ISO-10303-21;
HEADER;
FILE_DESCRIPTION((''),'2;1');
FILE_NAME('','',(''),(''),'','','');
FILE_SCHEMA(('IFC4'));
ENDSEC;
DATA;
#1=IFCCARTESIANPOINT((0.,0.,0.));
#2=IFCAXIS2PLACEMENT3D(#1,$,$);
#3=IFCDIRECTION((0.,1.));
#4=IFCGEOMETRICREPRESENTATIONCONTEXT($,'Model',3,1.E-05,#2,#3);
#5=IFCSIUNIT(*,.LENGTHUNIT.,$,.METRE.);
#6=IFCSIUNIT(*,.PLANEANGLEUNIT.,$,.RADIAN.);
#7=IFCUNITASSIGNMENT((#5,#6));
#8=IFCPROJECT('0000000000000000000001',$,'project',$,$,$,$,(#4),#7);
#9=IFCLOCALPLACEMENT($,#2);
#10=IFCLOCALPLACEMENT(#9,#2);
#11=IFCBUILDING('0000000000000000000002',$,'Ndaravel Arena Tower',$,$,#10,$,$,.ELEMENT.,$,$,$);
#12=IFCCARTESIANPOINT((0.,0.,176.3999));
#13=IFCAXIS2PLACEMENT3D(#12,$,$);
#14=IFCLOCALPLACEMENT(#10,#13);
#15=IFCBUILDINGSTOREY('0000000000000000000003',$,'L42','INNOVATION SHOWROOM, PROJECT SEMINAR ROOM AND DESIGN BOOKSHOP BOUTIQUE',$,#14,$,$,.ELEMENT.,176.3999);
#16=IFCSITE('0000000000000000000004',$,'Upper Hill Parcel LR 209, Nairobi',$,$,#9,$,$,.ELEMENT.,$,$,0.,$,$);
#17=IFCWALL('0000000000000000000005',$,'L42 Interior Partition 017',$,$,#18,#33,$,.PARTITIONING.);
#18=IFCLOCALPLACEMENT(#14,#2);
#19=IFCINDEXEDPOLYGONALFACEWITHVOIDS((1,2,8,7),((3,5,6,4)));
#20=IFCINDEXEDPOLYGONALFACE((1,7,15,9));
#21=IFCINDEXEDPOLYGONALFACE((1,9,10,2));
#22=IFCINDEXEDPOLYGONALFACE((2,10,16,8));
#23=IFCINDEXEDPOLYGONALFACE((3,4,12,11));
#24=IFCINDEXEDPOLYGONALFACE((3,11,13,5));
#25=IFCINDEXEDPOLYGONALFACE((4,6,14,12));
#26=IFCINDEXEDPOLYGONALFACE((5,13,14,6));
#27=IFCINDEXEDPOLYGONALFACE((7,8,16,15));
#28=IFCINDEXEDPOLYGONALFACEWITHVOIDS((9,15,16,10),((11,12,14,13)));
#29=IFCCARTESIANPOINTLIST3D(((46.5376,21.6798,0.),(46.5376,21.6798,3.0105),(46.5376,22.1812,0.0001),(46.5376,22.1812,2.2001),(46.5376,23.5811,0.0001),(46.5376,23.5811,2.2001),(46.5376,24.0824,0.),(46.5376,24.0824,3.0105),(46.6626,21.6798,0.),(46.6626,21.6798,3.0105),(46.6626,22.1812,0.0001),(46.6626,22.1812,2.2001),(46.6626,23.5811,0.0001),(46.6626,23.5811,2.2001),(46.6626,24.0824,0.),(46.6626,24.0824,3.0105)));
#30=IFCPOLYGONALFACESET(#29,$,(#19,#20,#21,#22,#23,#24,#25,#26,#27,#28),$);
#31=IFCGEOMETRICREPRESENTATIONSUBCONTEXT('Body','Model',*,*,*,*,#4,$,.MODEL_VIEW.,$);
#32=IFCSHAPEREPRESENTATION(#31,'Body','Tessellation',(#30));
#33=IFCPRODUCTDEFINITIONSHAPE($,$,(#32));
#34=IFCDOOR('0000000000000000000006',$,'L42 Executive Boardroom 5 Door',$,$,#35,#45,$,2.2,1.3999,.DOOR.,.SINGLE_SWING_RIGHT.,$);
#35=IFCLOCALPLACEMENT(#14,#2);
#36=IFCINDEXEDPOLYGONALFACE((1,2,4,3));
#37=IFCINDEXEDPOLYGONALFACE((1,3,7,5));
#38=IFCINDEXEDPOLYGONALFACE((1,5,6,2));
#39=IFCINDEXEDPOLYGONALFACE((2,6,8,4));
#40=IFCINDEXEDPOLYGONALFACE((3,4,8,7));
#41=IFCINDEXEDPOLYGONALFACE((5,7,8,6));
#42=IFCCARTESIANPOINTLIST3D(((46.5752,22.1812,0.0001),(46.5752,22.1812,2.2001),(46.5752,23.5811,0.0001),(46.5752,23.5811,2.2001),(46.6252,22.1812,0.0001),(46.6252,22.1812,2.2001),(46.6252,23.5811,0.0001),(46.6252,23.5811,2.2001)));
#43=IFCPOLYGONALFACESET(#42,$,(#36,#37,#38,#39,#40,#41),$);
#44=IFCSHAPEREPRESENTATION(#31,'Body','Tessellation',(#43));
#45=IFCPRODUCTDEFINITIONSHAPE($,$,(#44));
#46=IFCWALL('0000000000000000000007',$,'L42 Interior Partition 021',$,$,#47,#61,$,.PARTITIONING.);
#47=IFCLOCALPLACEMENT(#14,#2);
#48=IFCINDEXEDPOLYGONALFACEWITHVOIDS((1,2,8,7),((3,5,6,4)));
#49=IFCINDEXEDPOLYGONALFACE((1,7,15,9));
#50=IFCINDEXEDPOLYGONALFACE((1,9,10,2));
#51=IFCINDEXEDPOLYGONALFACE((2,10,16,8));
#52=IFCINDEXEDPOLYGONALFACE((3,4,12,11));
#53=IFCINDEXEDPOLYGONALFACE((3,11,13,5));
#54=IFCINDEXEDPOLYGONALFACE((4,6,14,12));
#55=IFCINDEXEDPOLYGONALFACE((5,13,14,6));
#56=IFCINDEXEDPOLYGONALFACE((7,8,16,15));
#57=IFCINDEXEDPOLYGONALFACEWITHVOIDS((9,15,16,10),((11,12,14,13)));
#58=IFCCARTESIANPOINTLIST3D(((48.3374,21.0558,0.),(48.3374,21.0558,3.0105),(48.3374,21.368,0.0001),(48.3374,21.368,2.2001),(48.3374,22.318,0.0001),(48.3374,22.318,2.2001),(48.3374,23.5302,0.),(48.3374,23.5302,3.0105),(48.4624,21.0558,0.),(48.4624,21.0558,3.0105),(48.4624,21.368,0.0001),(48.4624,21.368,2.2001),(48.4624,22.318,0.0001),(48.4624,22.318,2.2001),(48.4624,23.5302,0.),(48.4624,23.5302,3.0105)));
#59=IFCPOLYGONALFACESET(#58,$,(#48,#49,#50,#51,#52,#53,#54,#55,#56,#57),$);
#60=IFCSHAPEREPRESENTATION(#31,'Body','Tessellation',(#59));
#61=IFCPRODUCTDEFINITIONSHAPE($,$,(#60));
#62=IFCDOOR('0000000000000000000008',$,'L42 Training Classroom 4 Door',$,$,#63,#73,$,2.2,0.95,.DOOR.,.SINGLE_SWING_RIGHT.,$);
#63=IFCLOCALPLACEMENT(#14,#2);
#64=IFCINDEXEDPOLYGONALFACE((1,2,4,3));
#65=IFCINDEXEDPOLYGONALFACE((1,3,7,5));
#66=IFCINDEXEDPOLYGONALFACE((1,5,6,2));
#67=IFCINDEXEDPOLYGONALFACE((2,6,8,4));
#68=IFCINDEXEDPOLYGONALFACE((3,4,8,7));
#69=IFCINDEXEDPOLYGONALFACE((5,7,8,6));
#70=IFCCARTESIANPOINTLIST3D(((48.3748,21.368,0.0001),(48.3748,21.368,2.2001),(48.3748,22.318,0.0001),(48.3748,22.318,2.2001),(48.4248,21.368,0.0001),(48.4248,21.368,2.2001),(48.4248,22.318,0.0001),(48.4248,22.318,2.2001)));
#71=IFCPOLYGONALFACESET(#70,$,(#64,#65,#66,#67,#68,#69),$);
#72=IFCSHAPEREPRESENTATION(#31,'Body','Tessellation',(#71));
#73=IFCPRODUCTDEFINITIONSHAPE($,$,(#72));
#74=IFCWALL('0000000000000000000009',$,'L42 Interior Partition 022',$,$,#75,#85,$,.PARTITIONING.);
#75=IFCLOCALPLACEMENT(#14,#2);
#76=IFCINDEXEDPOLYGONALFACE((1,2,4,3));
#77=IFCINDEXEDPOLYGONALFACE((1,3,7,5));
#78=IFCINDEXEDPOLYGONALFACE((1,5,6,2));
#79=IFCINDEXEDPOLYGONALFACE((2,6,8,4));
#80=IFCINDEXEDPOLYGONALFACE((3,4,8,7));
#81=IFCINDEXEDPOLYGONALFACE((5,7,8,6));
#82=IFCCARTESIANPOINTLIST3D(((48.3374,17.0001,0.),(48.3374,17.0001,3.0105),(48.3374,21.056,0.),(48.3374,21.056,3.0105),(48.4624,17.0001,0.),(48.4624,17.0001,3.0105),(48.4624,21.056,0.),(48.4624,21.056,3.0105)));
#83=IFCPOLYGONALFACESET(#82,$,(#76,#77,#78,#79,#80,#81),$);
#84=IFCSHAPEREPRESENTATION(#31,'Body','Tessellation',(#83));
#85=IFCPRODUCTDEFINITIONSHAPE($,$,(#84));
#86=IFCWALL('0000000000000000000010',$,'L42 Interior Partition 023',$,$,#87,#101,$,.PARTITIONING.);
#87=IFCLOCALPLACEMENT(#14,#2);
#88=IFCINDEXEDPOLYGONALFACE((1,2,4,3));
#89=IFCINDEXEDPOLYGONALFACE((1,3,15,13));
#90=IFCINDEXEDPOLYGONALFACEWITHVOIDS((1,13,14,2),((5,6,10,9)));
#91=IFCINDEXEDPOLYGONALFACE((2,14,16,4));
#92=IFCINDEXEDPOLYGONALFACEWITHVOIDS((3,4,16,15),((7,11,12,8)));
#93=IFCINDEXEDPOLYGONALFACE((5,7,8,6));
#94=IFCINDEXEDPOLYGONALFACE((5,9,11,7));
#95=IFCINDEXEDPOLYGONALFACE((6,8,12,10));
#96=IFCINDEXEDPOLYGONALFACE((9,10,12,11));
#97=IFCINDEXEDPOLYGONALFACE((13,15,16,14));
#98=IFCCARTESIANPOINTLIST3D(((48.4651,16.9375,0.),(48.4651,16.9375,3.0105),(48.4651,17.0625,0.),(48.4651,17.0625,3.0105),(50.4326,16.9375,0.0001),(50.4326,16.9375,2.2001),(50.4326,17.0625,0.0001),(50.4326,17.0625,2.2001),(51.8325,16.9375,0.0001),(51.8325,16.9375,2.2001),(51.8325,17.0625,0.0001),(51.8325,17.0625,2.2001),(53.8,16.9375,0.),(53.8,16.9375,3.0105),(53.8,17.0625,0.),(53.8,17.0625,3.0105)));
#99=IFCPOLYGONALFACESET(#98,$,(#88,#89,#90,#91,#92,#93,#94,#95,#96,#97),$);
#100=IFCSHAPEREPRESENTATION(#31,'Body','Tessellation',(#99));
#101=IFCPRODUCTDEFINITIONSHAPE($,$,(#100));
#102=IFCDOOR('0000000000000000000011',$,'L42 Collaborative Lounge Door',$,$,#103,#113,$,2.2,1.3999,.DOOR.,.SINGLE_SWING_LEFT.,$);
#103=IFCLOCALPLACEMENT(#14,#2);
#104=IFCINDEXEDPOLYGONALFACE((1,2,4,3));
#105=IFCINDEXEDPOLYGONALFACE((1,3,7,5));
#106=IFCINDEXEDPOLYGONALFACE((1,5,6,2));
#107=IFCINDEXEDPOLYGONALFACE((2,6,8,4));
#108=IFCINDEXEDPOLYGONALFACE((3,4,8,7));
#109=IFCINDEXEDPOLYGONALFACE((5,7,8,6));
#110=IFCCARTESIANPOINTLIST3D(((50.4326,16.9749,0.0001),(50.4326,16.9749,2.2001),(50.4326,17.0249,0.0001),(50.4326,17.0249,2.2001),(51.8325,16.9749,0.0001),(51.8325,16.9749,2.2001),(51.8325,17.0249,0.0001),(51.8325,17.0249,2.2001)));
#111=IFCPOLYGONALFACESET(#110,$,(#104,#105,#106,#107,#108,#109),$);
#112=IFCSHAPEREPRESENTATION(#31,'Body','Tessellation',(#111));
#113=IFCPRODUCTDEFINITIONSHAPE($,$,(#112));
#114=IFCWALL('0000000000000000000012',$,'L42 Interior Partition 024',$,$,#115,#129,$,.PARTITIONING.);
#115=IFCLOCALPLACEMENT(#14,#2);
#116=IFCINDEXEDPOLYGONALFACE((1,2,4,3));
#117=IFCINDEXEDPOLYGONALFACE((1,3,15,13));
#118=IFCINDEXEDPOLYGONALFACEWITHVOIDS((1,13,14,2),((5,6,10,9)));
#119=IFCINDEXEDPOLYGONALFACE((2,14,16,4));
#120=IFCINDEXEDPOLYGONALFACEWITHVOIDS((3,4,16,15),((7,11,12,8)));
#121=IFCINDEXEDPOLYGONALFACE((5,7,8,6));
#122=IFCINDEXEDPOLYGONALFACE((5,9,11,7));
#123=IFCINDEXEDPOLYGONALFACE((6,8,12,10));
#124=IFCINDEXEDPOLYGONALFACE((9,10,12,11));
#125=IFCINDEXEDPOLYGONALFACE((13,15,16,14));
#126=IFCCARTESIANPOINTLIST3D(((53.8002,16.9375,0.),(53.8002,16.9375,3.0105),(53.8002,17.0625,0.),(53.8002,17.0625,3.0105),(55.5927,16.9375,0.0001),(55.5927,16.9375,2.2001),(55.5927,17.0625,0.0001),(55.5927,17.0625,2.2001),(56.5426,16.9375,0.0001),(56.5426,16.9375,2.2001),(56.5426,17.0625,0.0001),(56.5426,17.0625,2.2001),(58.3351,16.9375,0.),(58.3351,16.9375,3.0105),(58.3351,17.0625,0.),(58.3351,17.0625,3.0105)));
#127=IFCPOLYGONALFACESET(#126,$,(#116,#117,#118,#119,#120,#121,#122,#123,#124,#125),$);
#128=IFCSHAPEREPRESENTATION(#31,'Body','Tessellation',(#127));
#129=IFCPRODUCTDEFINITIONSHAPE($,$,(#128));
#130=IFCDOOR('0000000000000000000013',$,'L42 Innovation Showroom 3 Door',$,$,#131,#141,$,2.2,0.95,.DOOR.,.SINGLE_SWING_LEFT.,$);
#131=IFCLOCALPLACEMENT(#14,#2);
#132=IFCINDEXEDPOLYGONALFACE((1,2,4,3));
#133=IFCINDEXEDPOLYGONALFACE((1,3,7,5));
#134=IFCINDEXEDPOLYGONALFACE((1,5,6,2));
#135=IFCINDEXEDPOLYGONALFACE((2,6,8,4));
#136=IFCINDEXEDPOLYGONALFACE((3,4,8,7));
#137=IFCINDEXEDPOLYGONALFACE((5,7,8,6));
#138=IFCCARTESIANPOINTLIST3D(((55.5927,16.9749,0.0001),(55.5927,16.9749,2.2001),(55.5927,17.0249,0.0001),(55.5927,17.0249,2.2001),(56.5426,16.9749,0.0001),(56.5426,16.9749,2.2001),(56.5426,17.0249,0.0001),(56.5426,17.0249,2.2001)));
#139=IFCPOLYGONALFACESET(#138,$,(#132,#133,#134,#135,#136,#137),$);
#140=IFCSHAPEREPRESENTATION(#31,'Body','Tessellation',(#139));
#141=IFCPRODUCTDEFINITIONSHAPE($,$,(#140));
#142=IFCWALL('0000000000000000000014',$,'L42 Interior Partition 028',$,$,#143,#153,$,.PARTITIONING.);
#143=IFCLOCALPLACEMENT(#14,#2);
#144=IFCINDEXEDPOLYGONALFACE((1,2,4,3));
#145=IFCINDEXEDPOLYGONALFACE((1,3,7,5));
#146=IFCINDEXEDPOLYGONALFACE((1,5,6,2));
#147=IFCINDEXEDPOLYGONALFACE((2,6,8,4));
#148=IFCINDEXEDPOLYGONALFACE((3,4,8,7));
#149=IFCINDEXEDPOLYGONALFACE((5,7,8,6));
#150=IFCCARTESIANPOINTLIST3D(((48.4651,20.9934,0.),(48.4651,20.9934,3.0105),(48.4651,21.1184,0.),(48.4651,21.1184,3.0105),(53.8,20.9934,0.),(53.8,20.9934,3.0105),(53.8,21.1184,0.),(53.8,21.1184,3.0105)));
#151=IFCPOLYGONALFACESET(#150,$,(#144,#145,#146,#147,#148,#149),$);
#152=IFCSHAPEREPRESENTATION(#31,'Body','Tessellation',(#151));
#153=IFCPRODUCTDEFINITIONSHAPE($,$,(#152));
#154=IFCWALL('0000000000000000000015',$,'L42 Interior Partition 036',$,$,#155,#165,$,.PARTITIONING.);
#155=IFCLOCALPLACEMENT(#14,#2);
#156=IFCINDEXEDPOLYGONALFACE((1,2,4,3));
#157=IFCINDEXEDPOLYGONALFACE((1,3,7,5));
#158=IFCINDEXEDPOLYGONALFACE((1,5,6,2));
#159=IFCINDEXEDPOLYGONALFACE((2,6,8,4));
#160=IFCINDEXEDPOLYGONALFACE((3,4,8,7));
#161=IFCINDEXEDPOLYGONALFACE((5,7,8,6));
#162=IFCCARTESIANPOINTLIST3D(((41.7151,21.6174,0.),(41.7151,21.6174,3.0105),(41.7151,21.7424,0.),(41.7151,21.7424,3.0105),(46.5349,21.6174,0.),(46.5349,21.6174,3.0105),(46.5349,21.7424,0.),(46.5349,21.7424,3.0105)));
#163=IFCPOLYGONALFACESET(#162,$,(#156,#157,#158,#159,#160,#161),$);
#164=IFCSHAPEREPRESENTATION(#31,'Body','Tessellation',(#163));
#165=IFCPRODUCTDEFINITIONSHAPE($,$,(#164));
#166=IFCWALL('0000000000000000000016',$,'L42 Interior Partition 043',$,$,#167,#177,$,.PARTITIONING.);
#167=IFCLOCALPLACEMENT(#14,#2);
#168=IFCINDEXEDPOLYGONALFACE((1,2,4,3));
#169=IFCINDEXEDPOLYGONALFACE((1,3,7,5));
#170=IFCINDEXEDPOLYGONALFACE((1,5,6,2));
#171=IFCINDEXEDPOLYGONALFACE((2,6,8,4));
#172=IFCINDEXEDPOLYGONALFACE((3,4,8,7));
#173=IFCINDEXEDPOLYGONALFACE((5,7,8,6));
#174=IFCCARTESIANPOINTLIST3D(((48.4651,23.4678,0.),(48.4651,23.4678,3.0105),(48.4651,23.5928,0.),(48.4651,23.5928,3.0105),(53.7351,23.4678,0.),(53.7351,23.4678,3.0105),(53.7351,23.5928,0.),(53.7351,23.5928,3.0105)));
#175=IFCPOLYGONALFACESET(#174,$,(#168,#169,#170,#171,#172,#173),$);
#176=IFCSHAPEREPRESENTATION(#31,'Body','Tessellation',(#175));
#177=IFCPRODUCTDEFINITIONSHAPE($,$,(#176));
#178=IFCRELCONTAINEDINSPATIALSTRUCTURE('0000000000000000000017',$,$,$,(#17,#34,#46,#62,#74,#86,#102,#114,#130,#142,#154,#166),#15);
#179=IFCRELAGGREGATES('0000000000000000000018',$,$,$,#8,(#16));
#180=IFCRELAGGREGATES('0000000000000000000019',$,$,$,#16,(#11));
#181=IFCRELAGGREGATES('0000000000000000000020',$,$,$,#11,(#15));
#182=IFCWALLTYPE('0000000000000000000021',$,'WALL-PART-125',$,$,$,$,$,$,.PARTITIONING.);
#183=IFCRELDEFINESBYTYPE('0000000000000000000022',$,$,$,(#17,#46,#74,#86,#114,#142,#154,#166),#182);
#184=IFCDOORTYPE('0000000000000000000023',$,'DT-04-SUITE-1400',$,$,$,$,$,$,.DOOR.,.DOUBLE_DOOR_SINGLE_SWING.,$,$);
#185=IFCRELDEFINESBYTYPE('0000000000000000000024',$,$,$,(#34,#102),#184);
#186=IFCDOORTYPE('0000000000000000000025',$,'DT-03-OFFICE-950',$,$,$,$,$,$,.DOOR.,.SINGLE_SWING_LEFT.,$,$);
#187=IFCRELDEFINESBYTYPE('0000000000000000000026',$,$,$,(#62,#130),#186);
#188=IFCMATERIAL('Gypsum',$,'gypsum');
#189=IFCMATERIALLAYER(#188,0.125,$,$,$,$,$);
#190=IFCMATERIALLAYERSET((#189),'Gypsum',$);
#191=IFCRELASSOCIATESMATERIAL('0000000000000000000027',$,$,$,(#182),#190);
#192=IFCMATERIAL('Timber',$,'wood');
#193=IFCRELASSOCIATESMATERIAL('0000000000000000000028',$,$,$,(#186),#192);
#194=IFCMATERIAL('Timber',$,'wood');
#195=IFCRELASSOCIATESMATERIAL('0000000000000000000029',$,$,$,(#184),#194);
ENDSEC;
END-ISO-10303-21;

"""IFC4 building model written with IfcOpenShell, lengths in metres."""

from ifc_helpers import new_model, si_unit, direction, frame, frame_2d, origin, place, context, subcontext, project, spatial, rectangle, extrude, material, layer, layer_set, type_object, element, fill, save


model = new_model("IFC4")

# Units and contexts
model_context = context("Model", 3, precision=1e-05, world=origin(), true_north=direction((0.0, 1.0)))
body_context = subcontext(model_context, "Body", "Model", "MODEL_VIEW")
ifc_project = project(units=[si_unit("LENGTHUNIT", "METRE"), si_unit("PLANEANGLEUNIT", "RADIAN")], contexts=[model_context])

# Site, building, storey
site_placement = place(None, origin())
site = spatial("IfcSite", under=ifc_project, at=site_placement, Name="Upper Hill Parcel LR 209, Nairobi", CompositionType="ELEMENT", RefElevation=0.0)
building_placement = place(site_placement, origin())
building = spatial("IfcBuilding", under=site, at=building_placement, Name="Ndaravel Arena Tower", CompositionType="ELEMENT")
storey_placement = place(building_placement, frame((0.0, 0.0, 176.3999)))
storey = spatial("IfcBuildingStorey", under=building, at=storey_placement, Name="L42", Description="INNOVATION SHOWROOM, PROJECT SEMINAR ROOM AND DESIGN BOOKSHOP BOUTIQUE", CompositionType="ELEMENT", Elevation=176.3999)

# Shared definitions
ifc_material_1 = material(Name="Gypsum", Category="gypsum")
ifc_layer_1 = layer(ifc_material_1, 0.125)
ifc_layer_set_1 = layer_set([ifc_layer_1], Name="Gypsum")
wall_type_1 = type_object("IfcWallType", Name="WALL-PART-125", PredefinedType="PARTITIONING", material=ifc_layer_set_1)
ifc_material_2 = material(Name="Timber", Category="wood")
door_type_1 = type_object("IfcDoorType", Name="DT-03-OFFICE-950", OperationType="SINGLE_SWING_LEFT", PredefinedType="DOOR", material=ifc_material_2)

# Walls, openings, doors
wall_1_placement = place(storey_placement, frame((46.6001, 21.6799, 0.0), z_axis=(0.0, 0.0, 1.0), x_axis=(0.0, 1.0, 0.0)))
wall_1 = element("IfcWall", 1, at=wall_1_placement, inside=storey, type_object=wall_type_1, Name="L42 Interior Partition 017", PredefinedType="PARTITIONING", context=body_context, shape_type="SweptSolid", body=[
    extrude(rectangle(XDim=2.4026, YDim=0.125, at=frame_2d((1.2012, 0.0))), origin(), (0.0, 0.0, 1.0), 3.0105),
])
opening_1_placement = place(wall_1_placement, frame((0.5012, 0.0, 0.0)))
opening_1 = element("IfcOpeningElement", 2, at=opening_1_placement, cuts=wall_1, PredefinedType="OPENING", context=body_context, shape_type="SweptSolid", body=[
    extrude(rectangle(XDim=1.3999, YDim=2.2, at=frame_2d((0.7, 1.1001))), frame((0.0, 0.0625, 0.0), z_axis=(0.0, -1.0, 0.0), x_axis=(1.0, 0.0, 0.0)), (0.0, 0.0, 1.0), 0.125),
])
ifc_material_3 = material(Name="Timber", Category="wood")
door_type_2 = type_object("IfcDoorType", Name="DT-04-SUITE-1400", OperationType="DOUBLE_DOOR_SINGLE_SWING", PredefinedType="DOOR", material=ifc_material_3)
door_1_placement = place(opening_1_placement, origin())
door_1 = element("IfcDoor", 3, at=door_1_placement, inside=storey, type_object=door_type_2, Name="L42 Executive Boardroom 5 Door", OperationType="SINGLE_SWING_RIGHT", OverallHeight=2.2, OverallWidth=1.3999, PredefinedType="DOOR", context=body_context, shape_type="SweptSolid", body=[
    extrude(rectangle(XDim=1.3999, YDim=2.2, at=frame_2d((0.7, 1.1001))), frame((0.0, 0.0249, 0.0), z_axis=(0.0, -1.0, 0.0), x_axis=(1.0, 0.0, 0.0)), (0.0, 0.0, 1.0), 0.05),
])
fill(opening_1, door_1)
wall_2_placement = place(storey_placement, frame((48.3999, 23.5303, 0.0), z_axis=(0.0, 0.0, 1.0), x_axis=(0.0, -1.0, 0.0)))
wall_2 = element("IfcWall", 4, at=wall_2_placement, inside=storey, type_object=wall_type_1, Name="L42 Interior Partition 021", PredefinedType="PARTITIONING", context=body_context, shape_type="SweptSolid", body=[
    extrude(rectangle(XDim=2.4744, YDim=0.125, at=frame_2d((1.2373, 0.0))), origin(), (0.0, 0.0, 1.0), 3.0105),
])
opening_2_placement = place(wall_2_placement, frame((1.2122, 0.0, 0.0)))
opening_2 = element("IfcOpeningElement", 5, at=opening_2_placement, cuts=wall_2, PredefinedType="OPENING", context=body_context, shape_type="SweptSolid", body=[
    extrude(rectangle(XDim=0.95, YDim=2.2, at=frame_2d((0.4751, 1.1001))), frame((0.0, 0.0625, 0.0), z_axis=(0.0, -1.0, 0.0), x_axis=(1.0, 0.0, 0.0)), (0.0, 0.0, 1.0), 0.125),
])
door_2_placement = place(opening_2_placement, origin())
door_2 = element("IfcDoor", 6, at=door_2_placement, inside=storey, type_object=door_type_1, Name="L42 Training Classroom 4 Door", OperationType="SINGLE_SWING_RIGHT", OverallHeight=2.2, OverallWidth=0.95, PredefinedType="DOOR", context=body_context, shape_type="SweptSolid", body=[
    extrude(rectangle(XDim=0.95, YDim=2.2, at=frame_2d((0.4751, 1.1001))), frame((0.0, 0.0249, 0.0), z_axis=(0.0, -1.0, 0.0), x_axis=(1.0, 0.0, 0.0)), (0.0, 0.0, 1.0), 0.05),
])
fill(opening_2, door_2)

# Wall
wall_3_placement = place(storey_placement, frame((48.3999, 21.0559, 0.0), z_axis=(0.0, 0.0, 1.0), x_axis=(0.0, -1.0, 0.0)))
element("IfcWall", 7, at=wall_3_placement, inside=storey, type_object=wall_type_1, Name="L42 Interior Partition 022", PredefinedType="PARTITIONING", context=body_context, shape_type="SweptSolid", body=[
    extrude(rectangle(XDim=4.0559, YDim=0.125, at=frame_2d((2.0278, 0.0))), origin(), (0.0, 0.0, 1.0), 3.0105),
])

# Walls, openings, doors
wall_4_placement = place(storey_placement, frame((48.4651, 17.0, 0.0), z_axis=(0.0, 0.0, 1.0), x_axis=(1.0, 0.0, 0.0)))
wall_4 = element("IfcWall", 8, at=wall_4_placement, inside=storey, type_object=wall_type_1, Name="L42 Interior Partition 023", PredefinedType="PARTITIONING", context=body_context, shape_type="SweptSolid", body=[
    extrude(rectangle(XDim=5.335, YDim=0.125, at=frame_2d((2.6675, 0.0))), origin(), (0.0, 0.0, 1.0), 3.0105),
])
opening_3_placement = place(wall_4_placement, frame((1.9675, 0.0, 0.0)))
opening_3 = element("IfcOpeningElement", 9, at=opening_3_placement, cuts=wall_4, PredefinedType="OPENING", context=body_context, shape_type="SweptSolid", body=[
    extrude(rectangle(XDim=1.3999, YDim=2.2, at=frame_2d((0.7, 1.1001))), frame((0.0, 0.0625, 0.0), z_axis=(0.0, -1.0, 0.0), x_axis=(1.0, 0.0, 0.0)), (0.0, 0.0, 1.0), 0.125),
])
door_3_placement = place(opening_3_placement, origin())
door_3 = element("IfcDoor", 10, at=door_3_placement, inside=storey, type_object=door_type_2, Name="L42 Collaborative Lounge Door", OperationType="SINGLE_SWING_LEFT", OverallHeight=2.2, OverallWidth=1.3999, PredefinedType="DOOR", context=body_context, shape_type="SweptSolid", body=[
    extrude(rectangle(XDim=1.3999, YDim=2.2, at=frame_2d((0.7, 1.1001))), frame((0.0, 0.0249, 0.0), z_axis=(0.0, -1.0, 0.0), x_axis=(1.0, 0.0, 0.0)), (0.0, 0.0, 1.0), 0.05),
])
fill(opening_3, door_3)
wall_5_placement = place(storey_placement, frame((53.8, 17.0, 0.0), z_axis=(0.0, 0.0, 1.0), x_axis=(1.0, 0.0, 0.0)))
wall_5 = element("IfcWall", 11, at=wall_5_placement, inside=storey, type_object=wall_type_1, Name="L42 Interior Partition 024", PredefinedType="PARTITIONING", context=body_context, shape_type="SweptSolid", body=[
    extrude(rectangle(XDim=4.5349, YDim=0.125, at=frame_2d((2.2676, 0.0))), origin(), (0.0, 0.0, 1.0), 3.0105),
])
opening_4_placement = place(wall_5_placement, frame((1.7925, 0.0, 0.0)))
opening_4 = element("IfcOpeningElement", 12, at=opening_4_placement, cuts=wall_5, PredefinedType="OPENING", context=body_context, shape_type="SweptSolid", body=[
    extrude(rectangle(XDim=0.95, YDim=2.2, at=frame_2d((0.4751, 1.1001))), frame((0.0, 0.0625, 0.0), z_axis=(0.0, -1.0, 0.0), x_axis=(1.0, 0.0, 0.0)), (0.0, 0.0, 1.0), 0.125),
])
door_4_placement = place(opening_4_placement, origin())
door_4 = element("IfcDoor", 13, at=door_4_placement, inside=storey, type_object=door_type_1, Name="L42 Innovation Showroom 3 Door", OperationType="SINGLE_SWING_LEFT", OverallHeight=2.2, OverallWidth=0.95, PredefinedType="DOOR", context=body_context, shape_type="SweptSolid", body=[
    extrude(rectangle(XDim=0.95, YDim=2.2, at=frame_2d((0.4751, 1.1001))), frame((0.0, 0.0249, 0.0), z_axis=(0.0, -1.0, 0.0), x_axis=(1.0, 0.0, 0.0)), (0.0, 0.0, 1.0), 0.05),
])
fill(opening_4, door_4)

# Walls
wall_6_placement = place(storey_placement, frame((48.4651, 21.0559, 0.0), z_axis=(0.0, 0.0, 1.0), x_axis=(1.0, 0.0, 0.0)))
element("IfcWall", 14, at=wall_6_placement, inside=storey, type_object=wall_type_1, Name="L42 Interior Partition 028", PredefinedType="PARTITIONING", context=body_context, shape_type="SweptSolid", body=[
    extrude(rectangle(XDim=5.335, YDim=0.125, at=frame_2d((2.6675, 0.0))), origin(), (0.0, 0.0, 1.0), 3.0105),
])
wall_7_placement = place(storey_placement, frame((41.7151, 21.6799, 0.0), z_axis=(0.0, 0.0, 1.0), x_axis=(1.0, 0.0, 0.0)))
element("IfcWall", 15, at=wall_7_placement, inside=storey, type_object=wall_type_1, Name="L42 Interior Partition 036", PredefinedType="PARTITIONING", context=body_context, shape_type="SweptSolid", body=[
    extrude(rectangle(XDim=4.8198, YDim=0.125, at=frame_2d((2.4099, 0.0))), origin(), (0.0, 0.0, 1.0), 3.0105),
])
wall_8_placement = place(storey_placement, frame((48.4651, 23.5303, 0.0), z_axis=(0.0, 0.0, 1.0), x_axis=(1.0, 0.0, 0.0)))
element("IfcWall", 16, at=wall_8_placement, inside=storey, type_object=wall_type_1, Name="L42 Interior Partition 043", PredefinedType="PARTITIONING", context=body_context, shape_type="SweptSolid", body=[
    extrude(rectangle(XDim=5.27, YDim=0.125, at=frame_2d((2.635, 0.0))), origin(), (0.0, 0.0, 1.0), 3.0105),
])

save(model, "model.ifc")
